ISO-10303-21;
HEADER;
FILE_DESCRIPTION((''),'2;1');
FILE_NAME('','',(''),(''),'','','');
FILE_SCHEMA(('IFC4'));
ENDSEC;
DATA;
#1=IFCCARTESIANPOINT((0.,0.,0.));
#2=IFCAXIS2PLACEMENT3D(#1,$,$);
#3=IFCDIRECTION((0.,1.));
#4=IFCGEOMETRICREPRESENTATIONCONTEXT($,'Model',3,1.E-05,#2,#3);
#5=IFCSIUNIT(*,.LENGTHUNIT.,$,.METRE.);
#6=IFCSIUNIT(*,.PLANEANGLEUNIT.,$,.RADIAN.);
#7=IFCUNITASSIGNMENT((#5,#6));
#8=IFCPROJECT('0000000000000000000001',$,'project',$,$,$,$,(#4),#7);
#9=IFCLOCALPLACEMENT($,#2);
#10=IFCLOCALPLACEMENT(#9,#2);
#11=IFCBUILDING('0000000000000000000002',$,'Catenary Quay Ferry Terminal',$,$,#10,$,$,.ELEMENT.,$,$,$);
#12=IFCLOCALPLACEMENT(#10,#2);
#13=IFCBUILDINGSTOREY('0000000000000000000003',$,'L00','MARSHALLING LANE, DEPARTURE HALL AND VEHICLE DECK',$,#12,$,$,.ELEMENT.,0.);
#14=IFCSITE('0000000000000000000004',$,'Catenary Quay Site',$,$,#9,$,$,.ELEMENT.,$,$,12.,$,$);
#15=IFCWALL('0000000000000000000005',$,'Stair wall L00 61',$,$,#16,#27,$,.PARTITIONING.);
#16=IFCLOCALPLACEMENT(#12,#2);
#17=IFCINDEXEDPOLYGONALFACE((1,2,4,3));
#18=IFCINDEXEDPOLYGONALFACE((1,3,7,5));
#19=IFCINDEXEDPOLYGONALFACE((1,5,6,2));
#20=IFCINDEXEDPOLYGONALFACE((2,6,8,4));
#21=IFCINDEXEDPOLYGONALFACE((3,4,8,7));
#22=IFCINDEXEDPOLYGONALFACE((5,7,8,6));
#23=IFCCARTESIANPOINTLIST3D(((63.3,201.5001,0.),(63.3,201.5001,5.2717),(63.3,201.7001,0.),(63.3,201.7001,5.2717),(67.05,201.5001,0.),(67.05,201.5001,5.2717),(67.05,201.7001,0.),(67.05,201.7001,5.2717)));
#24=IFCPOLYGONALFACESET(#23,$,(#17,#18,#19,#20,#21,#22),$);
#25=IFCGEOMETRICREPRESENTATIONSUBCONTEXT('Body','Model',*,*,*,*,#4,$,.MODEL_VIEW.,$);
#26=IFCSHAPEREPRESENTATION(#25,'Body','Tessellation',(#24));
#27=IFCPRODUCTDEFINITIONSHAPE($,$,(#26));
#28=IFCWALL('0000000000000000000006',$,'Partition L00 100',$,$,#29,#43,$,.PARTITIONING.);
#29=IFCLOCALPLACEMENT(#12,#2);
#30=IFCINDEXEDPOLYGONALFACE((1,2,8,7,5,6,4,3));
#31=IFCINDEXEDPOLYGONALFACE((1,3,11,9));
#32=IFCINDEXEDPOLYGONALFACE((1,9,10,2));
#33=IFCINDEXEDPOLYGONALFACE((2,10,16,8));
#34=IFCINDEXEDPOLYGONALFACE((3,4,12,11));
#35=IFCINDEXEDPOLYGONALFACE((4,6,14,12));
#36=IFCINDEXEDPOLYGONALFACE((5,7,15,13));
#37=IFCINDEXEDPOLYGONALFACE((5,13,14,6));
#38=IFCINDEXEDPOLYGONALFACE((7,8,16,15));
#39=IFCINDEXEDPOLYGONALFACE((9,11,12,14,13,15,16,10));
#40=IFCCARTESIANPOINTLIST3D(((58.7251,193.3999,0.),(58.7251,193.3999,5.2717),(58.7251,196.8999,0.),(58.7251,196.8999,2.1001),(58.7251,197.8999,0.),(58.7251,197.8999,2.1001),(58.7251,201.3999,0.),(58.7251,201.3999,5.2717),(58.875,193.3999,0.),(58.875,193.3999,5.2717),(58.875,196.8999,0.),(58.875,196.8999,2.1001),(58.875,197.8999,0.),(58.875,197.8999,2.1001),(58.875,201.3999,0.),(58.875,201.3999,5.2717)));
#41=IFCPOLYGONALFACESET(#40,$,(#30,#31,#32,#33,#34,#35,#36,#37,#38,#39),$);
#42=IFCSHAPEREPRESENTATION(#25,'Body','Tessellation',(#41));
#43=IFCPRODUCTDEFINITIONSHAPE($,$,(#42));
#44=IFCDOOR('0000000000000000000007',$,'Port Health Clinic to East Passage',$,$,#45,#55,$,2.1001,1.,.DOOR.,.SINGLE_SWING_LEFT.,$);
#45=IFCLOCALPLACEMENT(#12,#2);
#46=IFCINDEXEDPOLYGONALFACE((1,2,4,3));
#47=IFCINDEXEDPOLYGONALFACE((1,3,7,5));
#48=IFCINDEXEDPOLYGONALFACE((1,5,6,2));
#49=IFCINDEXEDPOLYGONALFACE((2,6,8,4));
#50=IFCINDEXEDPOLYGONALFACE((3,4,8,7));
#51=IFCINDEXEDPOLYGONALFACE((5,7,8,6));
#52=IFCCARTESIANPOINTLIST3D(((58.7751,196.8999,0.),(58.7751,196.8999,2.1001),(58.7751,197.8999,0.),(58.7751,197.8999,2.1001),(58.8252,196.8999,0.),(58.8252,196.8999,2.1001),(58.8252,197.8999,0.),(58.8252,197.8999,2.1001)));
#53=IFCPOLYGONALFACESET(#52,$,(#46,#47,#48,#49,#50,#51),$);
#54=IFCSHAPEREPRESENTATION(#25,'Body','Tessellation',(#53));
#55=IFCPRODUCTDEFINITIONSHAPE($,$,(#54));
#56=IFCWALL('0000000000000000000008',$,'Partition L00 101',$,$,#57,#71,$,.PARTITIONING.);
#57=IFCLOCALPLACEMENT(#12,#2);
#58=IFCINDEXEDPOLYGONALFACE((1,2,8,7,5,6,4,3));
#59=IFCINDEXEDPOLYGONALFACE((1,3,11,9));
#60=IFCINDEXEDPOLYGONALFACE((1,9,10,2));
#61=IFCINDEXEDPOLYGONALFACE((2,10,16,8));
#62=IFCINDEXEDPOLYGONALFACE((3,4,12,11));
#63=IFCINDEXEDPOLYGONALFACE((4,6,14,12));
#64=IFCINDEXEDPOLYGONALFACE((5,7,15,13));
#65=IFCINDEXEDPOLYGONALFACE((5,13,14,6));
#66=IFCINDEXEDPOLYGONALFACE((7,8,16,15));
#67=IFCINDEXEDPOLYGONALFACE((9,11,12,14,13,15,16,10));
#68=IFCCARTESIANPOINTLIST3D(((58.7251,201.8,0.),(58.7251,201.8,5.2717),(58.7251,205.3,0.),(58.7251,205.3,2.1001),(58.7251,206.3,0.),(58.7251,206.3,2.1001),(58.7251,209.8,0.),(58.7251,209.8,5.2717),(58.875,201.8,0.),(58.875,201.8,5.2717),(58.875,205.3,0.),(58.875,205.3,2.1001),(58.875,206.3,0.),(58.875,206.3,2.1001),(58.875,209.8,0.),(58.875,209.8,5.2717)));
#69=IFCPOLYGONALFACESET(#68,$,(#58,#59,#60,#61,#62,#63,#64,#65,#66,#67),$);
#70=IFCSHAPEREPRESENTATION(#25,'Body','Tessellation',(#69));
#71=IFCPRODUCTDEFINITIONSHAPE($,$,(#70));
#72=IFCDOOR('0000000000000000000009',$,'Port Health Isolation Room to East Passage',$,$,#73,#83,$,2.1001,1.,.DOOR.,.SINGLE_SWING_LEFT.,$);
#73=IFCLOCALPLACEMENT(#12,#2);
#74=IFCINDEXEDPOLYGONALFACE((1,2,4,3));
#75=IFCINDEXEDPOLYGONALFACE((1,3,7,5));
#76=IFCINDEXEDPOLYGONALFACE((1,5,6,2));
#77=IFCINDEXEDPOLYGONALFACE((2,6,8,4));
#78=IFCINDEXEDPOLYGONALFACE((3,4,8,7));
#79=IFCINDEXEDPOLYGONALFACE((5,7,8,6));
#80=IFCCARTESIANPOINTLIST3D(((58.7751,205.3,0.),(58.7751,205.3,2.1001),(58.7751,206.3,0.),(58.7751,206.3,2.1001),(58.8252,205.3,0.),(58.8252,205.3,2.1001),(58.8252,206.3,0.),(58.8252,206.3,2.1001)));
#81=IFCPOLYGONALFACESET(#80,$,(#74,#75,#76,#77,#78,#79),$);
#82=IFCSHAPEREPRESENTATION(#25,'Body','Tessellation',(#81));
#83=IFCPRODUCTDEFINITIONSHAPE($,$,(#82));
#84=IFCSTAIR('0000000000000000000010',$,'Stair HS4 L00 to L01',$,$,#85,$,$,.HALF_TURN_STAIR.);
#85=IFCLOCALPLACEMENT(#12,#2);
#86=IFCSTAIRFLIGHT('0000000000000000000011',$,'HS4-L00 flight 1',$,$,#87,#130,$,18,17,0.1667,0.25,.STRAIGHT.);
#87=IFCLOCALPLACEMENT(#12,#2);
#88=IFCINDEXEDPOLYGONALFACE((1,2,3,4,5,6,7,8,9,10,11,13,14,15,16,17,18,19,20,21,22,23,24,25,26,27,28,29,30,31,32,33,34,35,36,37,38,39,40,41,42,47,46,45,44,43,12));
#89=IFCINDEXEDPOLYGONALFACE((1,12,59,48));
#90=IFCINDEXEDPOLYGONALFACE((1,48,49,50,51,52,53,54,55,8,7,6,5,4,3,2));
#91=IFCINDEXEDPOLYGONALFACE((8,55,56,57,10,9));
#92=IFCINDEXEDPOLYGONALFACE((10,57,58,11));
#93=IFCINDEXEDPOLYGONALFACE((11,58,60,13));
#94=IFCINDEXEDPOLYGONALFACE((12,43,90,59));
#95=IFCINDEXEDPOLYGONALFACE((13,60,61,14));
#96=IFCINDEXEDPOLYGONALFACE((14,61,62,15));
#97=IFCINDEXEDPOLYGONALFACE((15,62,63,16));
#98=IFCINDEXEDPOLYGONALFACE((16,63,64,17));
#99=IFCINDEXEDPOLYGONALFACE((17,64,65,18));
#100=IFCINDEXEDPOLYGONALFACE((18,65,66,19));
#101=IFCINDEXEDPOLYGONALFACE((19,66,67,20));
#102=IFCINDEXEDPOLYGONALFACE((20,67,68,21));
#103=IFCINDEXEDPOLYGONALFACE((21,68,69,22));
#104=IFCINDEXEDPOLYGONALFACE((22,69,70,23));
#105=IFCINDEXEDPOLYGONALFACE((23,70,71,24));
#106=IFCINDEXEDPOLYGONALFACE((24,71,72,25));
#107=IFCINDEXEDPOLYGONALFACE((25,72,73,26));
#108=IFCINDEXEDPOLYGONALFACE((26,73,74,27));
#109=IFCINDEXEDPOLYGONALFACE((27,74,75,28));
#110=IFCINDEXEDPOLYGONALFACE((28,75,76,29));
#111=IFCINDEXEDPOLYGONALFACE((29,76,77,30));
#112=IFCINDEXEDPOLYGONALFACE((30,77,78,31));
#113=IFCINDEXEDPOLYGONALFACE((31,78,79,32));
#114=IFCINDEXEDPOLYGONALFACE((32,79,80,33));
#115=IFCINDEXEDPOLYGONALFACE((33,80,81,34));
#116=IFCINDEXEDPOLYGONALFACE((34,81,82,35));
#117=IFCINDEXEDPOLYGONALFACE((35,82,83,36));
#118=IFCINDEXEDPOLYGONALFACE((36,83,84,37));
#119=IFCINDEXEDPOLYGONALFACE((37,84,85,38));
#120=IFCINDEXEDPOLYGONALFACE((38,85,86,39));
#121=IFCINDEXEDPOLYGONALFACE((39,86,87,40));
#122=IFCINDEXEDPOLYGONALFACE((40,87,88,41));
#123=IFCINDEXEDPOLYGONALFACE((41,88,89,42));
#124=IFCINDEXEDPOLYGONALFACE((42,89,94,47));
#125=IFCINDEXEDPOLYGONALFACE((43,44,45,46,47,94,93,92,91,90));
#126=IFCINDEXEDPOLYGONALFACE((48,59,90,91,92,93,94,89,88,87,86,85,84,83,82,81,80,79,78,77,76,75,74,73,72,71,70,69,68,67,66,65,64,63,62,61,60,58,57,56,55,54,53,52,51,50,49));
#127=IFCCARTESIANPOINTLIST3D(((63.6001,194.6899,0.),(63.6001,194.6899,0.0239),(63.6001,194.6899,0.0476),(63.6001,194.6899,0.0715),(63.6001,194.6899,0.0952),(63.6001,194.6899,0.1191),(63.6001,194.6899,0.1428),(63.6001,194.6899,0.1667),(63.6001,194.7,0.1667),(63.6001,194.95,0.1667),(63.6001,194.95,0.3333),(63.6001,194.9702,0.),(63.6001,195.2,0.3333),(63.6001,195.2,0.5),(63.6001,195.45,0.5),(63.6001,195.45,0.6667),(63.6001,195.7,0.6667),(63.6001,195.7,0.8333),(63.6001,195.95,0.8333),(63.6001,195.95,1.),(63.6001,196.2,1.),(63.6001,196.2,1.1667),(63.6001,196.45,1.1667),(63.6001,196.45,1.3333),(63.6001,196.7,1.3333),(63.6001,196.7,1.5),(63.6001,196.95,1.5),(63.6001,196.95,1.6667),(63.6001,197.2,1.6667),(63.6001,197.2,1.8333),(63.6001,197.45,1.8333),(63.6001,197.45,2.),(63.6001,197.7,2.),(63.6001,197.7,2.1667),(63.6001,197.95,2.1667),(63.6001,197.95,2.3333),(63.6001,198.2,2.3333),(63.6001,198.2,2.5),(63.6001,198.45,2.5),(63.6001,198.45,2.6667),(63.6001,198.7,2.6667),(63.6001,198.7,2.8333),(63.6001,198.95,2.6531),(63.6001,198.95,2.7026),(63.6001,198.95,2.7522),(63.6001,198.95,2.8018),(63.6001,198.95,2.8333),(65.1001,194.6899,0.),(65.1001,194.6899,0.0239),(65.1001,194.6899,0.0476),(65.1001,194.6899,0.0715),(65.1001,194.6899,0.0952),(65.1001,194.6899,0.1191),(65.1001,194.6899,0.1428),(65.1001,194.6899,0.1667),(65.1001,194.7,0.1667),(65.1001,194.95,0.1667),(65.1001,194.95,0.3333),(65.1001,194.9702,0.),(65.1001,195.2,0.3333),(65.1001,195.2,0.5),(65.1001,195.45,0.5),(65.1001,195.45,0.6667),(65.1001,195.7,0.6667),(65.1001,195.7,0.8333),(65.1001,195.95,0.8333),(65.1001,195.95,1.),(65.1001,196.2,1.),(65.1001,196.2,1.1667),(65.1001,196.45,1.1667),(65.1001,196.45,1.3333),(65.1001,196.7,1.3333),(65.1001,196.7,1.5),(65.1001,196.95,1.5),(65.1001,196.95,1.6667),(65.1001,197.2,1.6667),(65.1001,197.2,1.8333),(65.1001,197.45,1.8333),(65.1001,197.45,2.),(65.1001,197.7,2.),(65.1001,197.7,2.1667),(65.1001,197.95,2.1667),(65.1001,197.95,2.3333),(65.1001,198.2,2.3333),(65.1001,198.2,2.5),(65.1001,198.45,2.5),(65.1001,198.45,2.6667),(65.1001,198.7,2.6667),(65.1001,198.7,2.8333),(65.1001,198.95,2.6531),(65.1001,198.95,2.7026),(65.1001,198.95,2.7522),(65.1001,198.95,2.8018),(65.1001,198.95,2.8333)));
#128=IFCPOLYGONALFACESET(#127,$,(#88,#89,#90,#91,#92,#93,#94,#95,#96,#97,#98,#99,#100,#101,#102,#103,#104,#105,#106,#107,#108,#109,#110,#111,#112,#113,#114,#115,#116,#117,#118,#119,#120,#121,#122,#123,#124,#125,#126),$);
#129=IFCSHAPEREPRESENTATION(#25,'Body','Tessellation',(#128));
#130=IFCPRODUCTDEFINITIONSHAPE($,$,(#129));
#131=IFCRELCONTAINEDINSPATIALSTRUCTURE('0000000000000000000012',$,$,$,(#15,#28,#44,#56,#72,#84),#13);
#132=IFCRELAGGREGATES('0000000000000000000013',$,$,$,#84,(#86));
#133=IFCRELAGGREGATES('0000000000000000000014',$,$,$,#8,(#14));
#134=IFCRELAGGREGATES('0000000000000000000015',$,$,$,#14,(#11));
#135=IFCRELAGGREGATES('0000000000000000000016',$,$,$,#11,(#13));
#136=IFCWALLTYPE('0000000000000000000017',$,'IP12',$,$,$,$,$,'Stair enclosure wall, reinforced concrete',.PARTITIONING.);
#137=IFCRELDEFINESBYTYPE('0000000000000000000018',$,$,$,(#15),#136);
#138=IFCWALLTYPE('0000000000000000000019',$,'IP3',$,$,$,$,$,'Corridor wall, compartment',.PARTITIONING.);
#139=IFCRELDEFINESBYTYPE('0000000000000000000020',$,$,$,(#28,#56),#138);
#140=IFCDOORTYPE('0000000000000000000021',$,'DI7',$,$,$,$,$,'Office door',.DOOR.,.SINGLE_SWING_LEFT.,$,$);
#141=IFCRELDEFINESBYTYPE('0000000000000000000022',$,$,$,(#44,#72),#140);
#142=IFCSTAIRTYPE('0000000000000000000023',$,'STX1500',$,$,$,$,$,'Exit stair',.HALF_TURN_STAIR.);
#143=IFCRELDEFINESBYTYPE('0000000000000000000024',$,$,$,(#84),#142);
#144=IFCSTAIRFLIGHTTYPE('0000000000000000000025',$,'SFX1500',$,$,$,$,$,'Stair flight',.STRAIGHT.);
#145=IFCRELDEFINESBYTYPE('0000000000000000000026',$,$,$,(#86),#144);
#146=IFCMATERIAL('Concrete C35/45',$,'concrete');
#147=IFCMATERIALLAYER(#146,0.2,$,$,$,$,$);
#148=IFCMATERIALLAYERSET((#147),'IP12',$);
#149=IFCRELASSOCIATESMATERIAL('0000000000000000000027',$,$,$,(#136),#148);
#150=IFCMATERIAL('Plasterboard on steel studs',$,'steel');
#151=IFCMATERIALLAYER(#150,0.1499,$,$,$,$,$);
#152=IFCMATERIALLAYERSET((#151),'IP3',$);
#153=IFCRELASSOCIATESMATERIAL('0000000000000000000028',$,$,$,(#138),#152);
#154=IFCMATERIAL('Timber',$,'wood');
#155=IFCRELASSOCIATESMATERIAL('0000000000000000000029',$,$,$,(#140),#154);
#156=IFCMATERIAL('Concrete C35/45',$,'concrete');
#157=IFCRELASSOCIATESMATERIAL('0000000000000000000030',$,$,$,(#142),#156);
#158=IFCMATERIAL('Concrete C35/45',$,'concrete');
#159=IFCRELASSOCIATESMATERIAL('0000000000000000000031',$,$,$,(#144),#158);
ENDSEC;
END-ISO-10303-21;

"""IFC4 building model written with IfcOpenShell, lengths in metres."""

from ifc_helpers import new_model, si_unit, direction, frame, frame_2d, origin, place, context, subcontext, project, spatial, polyline, rectangle, outline, extrude, material, layer, layer_set, type_object, element, fill, aggregate, save


model = new_model("IFC4")

# Units and contexts
model_context = context("Model", 3, precision=1e-05, world=origin(), true_north=direction((0.0, 1.0)))
body_context = subcontext(model_context, "Body", "Model", "MODEL_VIEW")
ifc_project = project(units=[si_unit("LENGTHUNIT", "METRE"), si_unit("PLANEANGLEUNIT", "RADIAN")], contexts=[model_context])

# Site, building, storey
site_placement = place(None, origin())
site = spatial("IfcSite", under=ifc_project, at=site_placement, Name="Catenary Quay Site", CompositionType="ELEMENT", RefElevation=12.0)
building_placement = place(site_placement, origin())
building = spatial("IfcBuilding", under=site, at=building_placement, Name="Catenary Quay Ferry Terminal", CompositionType="ELEMENT")
storey_placement = place(building_placement, origin())
storey = spatial("IfcBuildingStorey", under=building, at=storey_placement, Name="L00", Description="MARSHALLING LANE, DEPARTURE HALL AND VEHICLE DECK", CompositionType="ELEMENT", Elevation=0.0)

# Wall
ifc_material_1 = material(Name="Concrete C35/45", Category="concrete")
ifc_layer_1 = layer(ifc_material_1, 0.2)
ifc_layer_set_1 = layer_set([ifc_layer_1], Name="IP12")
wall_type_1 = type_object("IfcWallType", Name="IP12", ElementType="Stair enclosure wall, reinforced concrete", PredefinedType="PARTITIONING", material=ifc_layer_set_1)
wall_1_placement = place(storey_placement, frame((63.3, 201.6001, 0.0), z_axis=(0.0, 0.0, 1.0), x_axis=(1.0, 0.0, 0.0)))
element("IfcWall", 1, at=wall_1_placement, inside=storey, type_object=wall_type_1, Name="Stair wall L00 61", PredefinedType="PARTITIONING", context=body_context, shape_type="SweptSolid", body=[
    extrude(rectangle(XDim=3.75, YDim=0.2, at=frame_2d((1.875, 0.0))), origin(), (0.0, 0.0, 1.0), 5.2717),
])

# Walls, openings, doors
ifc_material_2 = material(Name="Plasterboard on steel studs", Category="steel")
ifc_layer_2 = layer(ifc_material_2, 0.1499)
ifc_layer_set_2 = layer_set([ifc_layer_2], Name="IP3")
wall_type_2 = type_object("IfcWallType", Name="IP3", ElementType="Corridor wall, compartment", PredefinedType="PARTITIONING", material=ifc_layer_set_2)
wall_2_placement = place(storey_placement, frame((58.8, 193.3999, 0.0), z_axis=(0.0, 0.0, 1.0), x_axis=(0.0, 1.0, 0.0)))
wall_2 = element("IfcWall", 2, at=wall_2_placement, inside=storey, type_object=wall_type_2, Name="Partition L00 100", PredefinedType="PARTITIONING", context=body_context, shape_type="SweptSolid", body=[
    extrude(rectangle(XDim=8.0, YDim=0.1499, at=frame_2d((4.0, 0.0))), origin(), (0.0, 0.0, 1.0), 5.2717),
])
opening_1_placement = place(wall_2_placement, frame((3.5, 0.0, 0.0)))
opening_1 = element("IfcOpeningElement", 3, at=opening_1_placement, cuts=wall_2, PredefinedType="OPENING", context=body_context, shape_type="SweptSolid", body=[
    extrude(rectangle(XDim=1.0, YDim=2.1001, at=frame_2d((0.5, 1.05))), frame((0.0, 0.085, 0.0), z_axis=(0.0, -1.0, 0.0), x_axis=(1.0, 0.0, 0.0)), (0.0, 0.0, 1.0), 0.1699),
])
ifc_material_3 = material(Name="Timber", Category="wood")
door_type = type_object("IfcDoorType", Name="DI7", ElementType="Office door", OperationType="SINGLE_SWING_LEFT", PredefinedType="DOOR", material=ifc_material_3)
door_1_placement = place(opening_1_placement, origin())
door_1 = element("IfcDoor", 4, at=door_1_placement, inside=storey, type_object=door_type, Name="Port Health Clinic to East Passage", OperationType="SINGLE_SWING_LEFT", OverallHeight=2.1001, OverallWidth=1.0, PredefinedType="DOOR", context=body_context, shape_type="SweptSolid", body=[
    extrude(rectangle(XDim=1.0, YDim=2.1001, at=frame_2d((0.5, 1.05))), frame((0.0, 0.0249, 0.0), z_axis=(0.0, -1.0, 0.0), x_axis=(1.0, 0.0, 0.0)), (0.0, 0.0, 1.0), 0.05),
])
fill(opening_1, door_1)
wall_3_placement = place(storey_placement, frame((58.8, 201.8, 0.0), z_axis=(0.0, 0.0, 1.0), x_axis=(0.0, 1.0, 0.0)))
wall_3 = element("IfcWall", 5, at=wall_3_placement, inside=storey, type_object=wall_type_2, Name="Partition L00 101", PredefinedType="PARTITIONING", context=body_context, shape_type="SweptSolid", body=[
    extrude(rectangle(XDim=8.0, YDim=0.1499, at=frame_2d((4.0, 0.0))), origin(), (0.0, 0.0, 1.0), 5.2717),
])
opening_2_placement = place(wall_3_placement, frame((3.5, 0.0, 0.0)))
opening_2 = element("IfcOpeningElement", 6, at=opening_2_placement, cuts=wall_3, PredefinedType="OPENING", context=body_context, shape_type="SweptSolid", body=[
    extrude(rectangle(XDim=1.0, YDim=2.1001, at=frame_2d((0.5, 1.05))), frame((0.0, 0.085, 0.0), z_axis=(0.0, -1.0, 0.0), x_axis=(1.0, 0.0, 0.0)), (0.0, 0.0, 1.0), 0.1699),
])
door_2_placement = place(opening_2_placement, origin())
door_2 = element("IfcDoor", 7, at=door_2_placement, inside=storey, type_object=door_type, Name="Port Health Isolation Room to East Passage", OperationType="SINGLE_SWING_LEFT", OverallHeight=2.1001, OverallWidth=1.0, PredefinedType="DOOR", context=body_context, shape_type="SweptSolid", body=[
    extrude(rectangle(XDim=1.0, YDim=2.1001, at=frame_2d((0.5, 1.05))), frame((0.0, 0.0249, 0.0), z_axis=(0.0, -1.0, 0.0), x_axis=(1.0, 0.0, 0.0)), (0.0, 0.0, 1.0), 0.05),
])
fill(opening_2, door_2)

# Stair, stair flight
ifc_material_4 = material(Name="Concrete C35/45", Category="concrete")
stair_type = type_object("IfcStairType", Name="STX1500", ElementType="Exit stair", PredefinedType="HALF_TURN_STAIR", material=ifc_material_4)
stair_1_placement = place(storey_placement, origin())
stair_1 = element("IfcStair", 8, at=stair_1_placement, inside=storey, type_object=stair_type, Name="Stair HS4 L00 to L01", PredefinedType="HALF_TURN_STAIR")
ifc_material_5 = material(Name="Concrete C35/45", Category="concrete")
stair_flight_type = type_object("IfcStairFlightType", Name="SFX1500", ElementType="Stair flight", PredefinedType="STRAIGHT", material=ifc_material_5)
stair_flight_1_placement = place(storey_placement, frame((64.3501, 194.7, 0.0), z_axis=(0.0, 0.0, 1.0), x_axis=(0.0, 1.0, 0.0)))
stair_flight_1 = element("IfcStairFlight", 9, at=stair_flight_1_placement, type_object=stair_flight_type, Name="HS4-L00 flight 1", NumberOfRisers=18, NumberOfTreads=17, PredefinedType="STRAIGHT", RiserHeight=0.1667, TreadLength=0.25, context=body_context, shape_type="SweptSolid", body=[
    extrude(outline(polyline([(-0.01, 0.0), (-0.01, 0.0239), (-0.01, 0.0476), (-0.01, 0.0715), (-0.01, 0.0952), (-0.01, 0.1191), (-0.01, 0.1428), (-0.01, 0.1667), (0.0, 0.1667), (0.25, 0.1667), (0.25, 0.3333), (0.5, 0.3333), (0.5, 0.5), (0.75, 0.5), (0.75, 0.6667), (1.0, 0.6667), (1.0, 0.8333), (1.25, 0.8333), (1.25, 1.0), (1.5, 1.0), (1.5, 1.1667), (1.75, 1.1667), (1.75, 1.3333), (2.0, 1.3333), (2.0, 1.5), (2.25, 1.5), (2.25, 1.6667), (2.5, 1.6667), (2.5, 1.8333), (2.75, 1.8333), (2.75, 2.0), (3.0, 2.0), (3.0, 2.1667), (3.25, 2.1667), (3.25, 2.3333), (3.5, 2.3333), (3.5, 2.5), (3.75, 2.5), (3.75, 2.6667), (4.0, 2.6667), (4.0, 2.8333), (4.25, 2.8333), (4.25, 3.0), (4.25, 2.9504), (4.25, 2.9009), (4.25, 2.8513), (4.25, 2.8018), (4.25, 2.7522), (4.25, 2.7026), (4.25, 2.6531), (0.2703, 0.0), (-0.01, 0.0)])), frame((0.0, 0.75, 0.0), z_axis=(0.0, -1.0, 0.0), x_axis=(1.0, 0.0, 0.0)), (0.0, 0.0, 1.0), 1.5),
])
aggregate(stair_1, [stair_flight_1])

save(model, "model.ifc")
